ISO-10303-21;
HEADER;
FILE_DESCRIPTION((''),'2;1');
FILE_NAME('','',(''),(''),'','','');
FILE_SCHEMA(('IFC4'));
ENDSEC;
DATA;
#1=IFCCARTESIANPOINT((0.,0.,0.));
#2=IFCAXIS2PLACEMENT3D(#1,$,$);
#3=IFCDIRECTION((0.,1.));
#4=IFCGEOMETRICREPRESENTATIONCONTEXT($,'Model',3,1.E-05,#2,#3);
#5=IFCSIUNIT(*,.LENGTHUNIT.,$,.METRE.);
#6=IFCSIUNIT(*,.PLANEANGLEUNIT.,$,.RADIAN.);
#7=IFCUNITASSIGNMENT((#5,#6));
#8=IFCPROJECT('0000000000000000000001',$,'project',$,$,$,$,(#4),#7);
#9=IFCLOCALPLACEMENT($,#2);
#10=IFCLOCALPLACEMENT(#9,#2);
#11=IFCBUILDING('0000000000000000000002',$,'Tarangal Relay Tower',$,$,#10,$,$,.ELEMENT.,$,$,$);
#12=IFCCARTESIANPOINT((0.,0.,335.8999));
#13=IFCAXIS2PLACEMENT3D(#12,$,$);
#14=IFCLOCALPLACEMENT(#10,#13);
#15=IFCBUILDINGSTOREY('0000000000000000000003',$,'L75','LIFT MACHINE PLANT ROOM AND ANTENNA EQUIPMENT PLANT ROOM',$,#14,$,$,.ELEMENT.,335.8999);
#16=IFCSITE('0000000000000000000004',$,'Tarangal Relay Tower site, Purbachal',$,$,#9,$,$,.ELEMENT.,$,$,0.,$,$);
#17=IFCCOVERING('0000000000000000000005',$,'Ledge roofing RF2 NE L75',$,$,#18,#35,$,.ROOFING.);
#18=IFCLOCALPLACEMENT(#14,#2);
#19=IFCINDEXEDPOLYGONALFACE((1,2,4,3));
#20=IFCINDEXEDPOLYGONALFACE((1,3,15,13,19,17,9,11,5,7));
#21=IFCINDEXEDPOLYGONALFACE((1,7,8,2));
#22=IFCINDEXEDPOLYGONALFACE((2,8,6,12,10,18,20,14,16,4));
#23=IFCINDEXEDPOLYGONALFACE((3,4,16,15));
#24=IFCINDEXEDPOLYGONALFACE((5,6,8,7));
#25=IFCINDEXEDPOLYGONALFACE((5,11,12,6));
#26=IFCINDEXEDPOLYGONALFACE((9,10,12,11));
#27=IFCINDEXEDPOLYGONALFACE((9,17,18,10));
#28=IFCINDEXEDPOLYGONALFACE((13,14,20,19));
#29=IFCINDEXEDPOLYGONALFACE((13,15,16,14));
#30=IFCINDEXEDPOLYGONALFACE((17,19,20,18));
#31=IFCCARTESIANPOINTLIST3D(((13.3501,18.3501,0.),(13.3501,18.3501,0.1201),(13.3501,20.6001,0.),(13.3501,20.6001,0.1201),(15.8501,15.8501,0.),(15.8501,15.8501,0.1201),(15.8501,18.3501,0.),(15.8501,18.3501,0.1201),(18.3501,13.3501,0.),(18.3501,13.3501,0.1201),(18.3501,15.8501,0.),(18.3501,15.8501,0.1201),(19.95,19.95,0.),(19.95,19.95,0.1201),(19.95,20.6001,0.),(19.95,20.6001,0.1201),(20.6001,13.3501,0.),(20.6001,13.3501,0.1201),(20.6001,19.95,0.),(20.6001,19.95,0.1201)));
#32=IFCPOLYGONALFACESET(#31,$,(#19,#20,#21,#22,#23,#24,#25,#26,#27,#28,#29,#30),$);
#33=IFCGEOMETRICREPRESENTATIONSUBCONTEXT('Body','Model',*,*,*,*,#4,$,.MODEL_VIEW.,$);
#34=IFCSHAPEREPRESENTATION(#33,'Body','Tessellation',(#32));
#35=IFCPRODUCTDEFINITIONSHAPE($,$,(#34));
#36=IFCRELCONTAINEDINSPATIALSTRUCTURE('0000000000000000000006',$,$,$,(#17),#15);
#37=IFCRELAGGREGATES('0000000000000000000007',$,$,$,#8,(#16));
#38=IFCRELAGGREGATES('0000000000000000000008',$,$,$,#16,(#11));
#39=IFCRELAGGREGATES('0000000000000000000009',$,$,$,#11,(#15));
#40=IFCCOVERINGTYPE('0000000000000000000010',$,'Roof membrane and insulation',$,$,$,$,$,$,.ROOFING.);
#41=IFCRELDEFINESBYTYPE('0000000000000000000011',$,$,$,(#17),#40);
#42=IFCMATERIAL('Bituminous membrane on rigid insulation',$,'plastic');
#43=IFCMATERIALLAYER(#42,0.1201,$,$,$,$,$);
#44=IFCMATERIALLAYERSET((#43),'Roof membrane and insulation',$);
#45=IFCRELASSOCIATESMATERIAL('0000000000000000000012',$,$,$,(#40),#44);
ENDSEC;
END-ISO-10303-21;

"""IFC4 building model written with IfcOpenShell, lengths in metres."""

from ifc_helpers import new_model, si_unit, direction, frame, origin, place, context, subcontext, project, spatial, polyline, outline, extrude, material, layer, layer_set, type_object, element, save


model = new_model("IFC4")

# Units and contexts
model_context = context("Model", 3, precision=1e-05, world=origin(), true_north=direction((0.0, 1.0)))
body_context = subcontext(model_context, "Body", "Model", "MODEL_VIEW")
ifc_project = project(units=[si_unit("LENGTHUNIT", "METRE"), si_unit("PLANEANGLEUNIT", "RADIAN")], contexts=[model_context])

# Site, building, storey
site_placement = place(None, origin())
site = spatial("IfcSite", under=ifc_project, at=site_placement, Name="Tarangal Relay Tower site, Purbachal", CompositionType="ELEMENT", RefElevation=0.0)
building_placement = place(site_placement, origin())
building = spatial("IfcBuilding", under=site, at=building_placement, Name="Tarangal Relay Tower", CompositionType="ELEMENT")
storey_placement = place(building_placement, frame((0.0, 0.0, 335.8999)))
storey = spatial("IfcBuildingStorey", under=building, at=storey_placement, Name="L75", Description="LIFT MACHINE PLANT ROOM AND ANTENNA EQUIPMENT PLANT ROOM", CompositionType="ELEMENT", Elevation=335.8999)

# Covering
ifc_material_1 = material(Name="Bituminous membrane on rigid insulation", Category="plastic")
ifc_layer_1 = layer(ifc_material_1, 0.1201)
ifc_layer_set_1 = layer_set([ifc_layer_1], Name="Roof membrane and insulation")
covering_type = type_object("IfcCoveringType", Name="Roof membrane and insulation", PredefinedType="ROOFING", material=ifc_layer_set_1)
covering_placement = place(storey_placement, origin())
element("IfcCovering", 1, at=covering_placement, inside=storey, type_object=covering_type, Name="Ledge roofing RF2 NE L75", PredefinedType="ROOFING", context=body_context, shape_type="SweptSolid", body=[
    extrude(outline(polyline([(19.95, 19.95), (19.95, 20.6001), (13.3501, 20.6001), (13.3501, 18.3501), (15.8501, 18.3501), (15.8501, 15.8501), (18.3501, 15.8501), (18.3501, 13.3501), (20.6001, 13.3501), (20.6001, 19.95), (19.95, 19.95)])), origin(), (0.0, 0.0, 1.0), 0.1201),
])

save(model, "model.ifc")
